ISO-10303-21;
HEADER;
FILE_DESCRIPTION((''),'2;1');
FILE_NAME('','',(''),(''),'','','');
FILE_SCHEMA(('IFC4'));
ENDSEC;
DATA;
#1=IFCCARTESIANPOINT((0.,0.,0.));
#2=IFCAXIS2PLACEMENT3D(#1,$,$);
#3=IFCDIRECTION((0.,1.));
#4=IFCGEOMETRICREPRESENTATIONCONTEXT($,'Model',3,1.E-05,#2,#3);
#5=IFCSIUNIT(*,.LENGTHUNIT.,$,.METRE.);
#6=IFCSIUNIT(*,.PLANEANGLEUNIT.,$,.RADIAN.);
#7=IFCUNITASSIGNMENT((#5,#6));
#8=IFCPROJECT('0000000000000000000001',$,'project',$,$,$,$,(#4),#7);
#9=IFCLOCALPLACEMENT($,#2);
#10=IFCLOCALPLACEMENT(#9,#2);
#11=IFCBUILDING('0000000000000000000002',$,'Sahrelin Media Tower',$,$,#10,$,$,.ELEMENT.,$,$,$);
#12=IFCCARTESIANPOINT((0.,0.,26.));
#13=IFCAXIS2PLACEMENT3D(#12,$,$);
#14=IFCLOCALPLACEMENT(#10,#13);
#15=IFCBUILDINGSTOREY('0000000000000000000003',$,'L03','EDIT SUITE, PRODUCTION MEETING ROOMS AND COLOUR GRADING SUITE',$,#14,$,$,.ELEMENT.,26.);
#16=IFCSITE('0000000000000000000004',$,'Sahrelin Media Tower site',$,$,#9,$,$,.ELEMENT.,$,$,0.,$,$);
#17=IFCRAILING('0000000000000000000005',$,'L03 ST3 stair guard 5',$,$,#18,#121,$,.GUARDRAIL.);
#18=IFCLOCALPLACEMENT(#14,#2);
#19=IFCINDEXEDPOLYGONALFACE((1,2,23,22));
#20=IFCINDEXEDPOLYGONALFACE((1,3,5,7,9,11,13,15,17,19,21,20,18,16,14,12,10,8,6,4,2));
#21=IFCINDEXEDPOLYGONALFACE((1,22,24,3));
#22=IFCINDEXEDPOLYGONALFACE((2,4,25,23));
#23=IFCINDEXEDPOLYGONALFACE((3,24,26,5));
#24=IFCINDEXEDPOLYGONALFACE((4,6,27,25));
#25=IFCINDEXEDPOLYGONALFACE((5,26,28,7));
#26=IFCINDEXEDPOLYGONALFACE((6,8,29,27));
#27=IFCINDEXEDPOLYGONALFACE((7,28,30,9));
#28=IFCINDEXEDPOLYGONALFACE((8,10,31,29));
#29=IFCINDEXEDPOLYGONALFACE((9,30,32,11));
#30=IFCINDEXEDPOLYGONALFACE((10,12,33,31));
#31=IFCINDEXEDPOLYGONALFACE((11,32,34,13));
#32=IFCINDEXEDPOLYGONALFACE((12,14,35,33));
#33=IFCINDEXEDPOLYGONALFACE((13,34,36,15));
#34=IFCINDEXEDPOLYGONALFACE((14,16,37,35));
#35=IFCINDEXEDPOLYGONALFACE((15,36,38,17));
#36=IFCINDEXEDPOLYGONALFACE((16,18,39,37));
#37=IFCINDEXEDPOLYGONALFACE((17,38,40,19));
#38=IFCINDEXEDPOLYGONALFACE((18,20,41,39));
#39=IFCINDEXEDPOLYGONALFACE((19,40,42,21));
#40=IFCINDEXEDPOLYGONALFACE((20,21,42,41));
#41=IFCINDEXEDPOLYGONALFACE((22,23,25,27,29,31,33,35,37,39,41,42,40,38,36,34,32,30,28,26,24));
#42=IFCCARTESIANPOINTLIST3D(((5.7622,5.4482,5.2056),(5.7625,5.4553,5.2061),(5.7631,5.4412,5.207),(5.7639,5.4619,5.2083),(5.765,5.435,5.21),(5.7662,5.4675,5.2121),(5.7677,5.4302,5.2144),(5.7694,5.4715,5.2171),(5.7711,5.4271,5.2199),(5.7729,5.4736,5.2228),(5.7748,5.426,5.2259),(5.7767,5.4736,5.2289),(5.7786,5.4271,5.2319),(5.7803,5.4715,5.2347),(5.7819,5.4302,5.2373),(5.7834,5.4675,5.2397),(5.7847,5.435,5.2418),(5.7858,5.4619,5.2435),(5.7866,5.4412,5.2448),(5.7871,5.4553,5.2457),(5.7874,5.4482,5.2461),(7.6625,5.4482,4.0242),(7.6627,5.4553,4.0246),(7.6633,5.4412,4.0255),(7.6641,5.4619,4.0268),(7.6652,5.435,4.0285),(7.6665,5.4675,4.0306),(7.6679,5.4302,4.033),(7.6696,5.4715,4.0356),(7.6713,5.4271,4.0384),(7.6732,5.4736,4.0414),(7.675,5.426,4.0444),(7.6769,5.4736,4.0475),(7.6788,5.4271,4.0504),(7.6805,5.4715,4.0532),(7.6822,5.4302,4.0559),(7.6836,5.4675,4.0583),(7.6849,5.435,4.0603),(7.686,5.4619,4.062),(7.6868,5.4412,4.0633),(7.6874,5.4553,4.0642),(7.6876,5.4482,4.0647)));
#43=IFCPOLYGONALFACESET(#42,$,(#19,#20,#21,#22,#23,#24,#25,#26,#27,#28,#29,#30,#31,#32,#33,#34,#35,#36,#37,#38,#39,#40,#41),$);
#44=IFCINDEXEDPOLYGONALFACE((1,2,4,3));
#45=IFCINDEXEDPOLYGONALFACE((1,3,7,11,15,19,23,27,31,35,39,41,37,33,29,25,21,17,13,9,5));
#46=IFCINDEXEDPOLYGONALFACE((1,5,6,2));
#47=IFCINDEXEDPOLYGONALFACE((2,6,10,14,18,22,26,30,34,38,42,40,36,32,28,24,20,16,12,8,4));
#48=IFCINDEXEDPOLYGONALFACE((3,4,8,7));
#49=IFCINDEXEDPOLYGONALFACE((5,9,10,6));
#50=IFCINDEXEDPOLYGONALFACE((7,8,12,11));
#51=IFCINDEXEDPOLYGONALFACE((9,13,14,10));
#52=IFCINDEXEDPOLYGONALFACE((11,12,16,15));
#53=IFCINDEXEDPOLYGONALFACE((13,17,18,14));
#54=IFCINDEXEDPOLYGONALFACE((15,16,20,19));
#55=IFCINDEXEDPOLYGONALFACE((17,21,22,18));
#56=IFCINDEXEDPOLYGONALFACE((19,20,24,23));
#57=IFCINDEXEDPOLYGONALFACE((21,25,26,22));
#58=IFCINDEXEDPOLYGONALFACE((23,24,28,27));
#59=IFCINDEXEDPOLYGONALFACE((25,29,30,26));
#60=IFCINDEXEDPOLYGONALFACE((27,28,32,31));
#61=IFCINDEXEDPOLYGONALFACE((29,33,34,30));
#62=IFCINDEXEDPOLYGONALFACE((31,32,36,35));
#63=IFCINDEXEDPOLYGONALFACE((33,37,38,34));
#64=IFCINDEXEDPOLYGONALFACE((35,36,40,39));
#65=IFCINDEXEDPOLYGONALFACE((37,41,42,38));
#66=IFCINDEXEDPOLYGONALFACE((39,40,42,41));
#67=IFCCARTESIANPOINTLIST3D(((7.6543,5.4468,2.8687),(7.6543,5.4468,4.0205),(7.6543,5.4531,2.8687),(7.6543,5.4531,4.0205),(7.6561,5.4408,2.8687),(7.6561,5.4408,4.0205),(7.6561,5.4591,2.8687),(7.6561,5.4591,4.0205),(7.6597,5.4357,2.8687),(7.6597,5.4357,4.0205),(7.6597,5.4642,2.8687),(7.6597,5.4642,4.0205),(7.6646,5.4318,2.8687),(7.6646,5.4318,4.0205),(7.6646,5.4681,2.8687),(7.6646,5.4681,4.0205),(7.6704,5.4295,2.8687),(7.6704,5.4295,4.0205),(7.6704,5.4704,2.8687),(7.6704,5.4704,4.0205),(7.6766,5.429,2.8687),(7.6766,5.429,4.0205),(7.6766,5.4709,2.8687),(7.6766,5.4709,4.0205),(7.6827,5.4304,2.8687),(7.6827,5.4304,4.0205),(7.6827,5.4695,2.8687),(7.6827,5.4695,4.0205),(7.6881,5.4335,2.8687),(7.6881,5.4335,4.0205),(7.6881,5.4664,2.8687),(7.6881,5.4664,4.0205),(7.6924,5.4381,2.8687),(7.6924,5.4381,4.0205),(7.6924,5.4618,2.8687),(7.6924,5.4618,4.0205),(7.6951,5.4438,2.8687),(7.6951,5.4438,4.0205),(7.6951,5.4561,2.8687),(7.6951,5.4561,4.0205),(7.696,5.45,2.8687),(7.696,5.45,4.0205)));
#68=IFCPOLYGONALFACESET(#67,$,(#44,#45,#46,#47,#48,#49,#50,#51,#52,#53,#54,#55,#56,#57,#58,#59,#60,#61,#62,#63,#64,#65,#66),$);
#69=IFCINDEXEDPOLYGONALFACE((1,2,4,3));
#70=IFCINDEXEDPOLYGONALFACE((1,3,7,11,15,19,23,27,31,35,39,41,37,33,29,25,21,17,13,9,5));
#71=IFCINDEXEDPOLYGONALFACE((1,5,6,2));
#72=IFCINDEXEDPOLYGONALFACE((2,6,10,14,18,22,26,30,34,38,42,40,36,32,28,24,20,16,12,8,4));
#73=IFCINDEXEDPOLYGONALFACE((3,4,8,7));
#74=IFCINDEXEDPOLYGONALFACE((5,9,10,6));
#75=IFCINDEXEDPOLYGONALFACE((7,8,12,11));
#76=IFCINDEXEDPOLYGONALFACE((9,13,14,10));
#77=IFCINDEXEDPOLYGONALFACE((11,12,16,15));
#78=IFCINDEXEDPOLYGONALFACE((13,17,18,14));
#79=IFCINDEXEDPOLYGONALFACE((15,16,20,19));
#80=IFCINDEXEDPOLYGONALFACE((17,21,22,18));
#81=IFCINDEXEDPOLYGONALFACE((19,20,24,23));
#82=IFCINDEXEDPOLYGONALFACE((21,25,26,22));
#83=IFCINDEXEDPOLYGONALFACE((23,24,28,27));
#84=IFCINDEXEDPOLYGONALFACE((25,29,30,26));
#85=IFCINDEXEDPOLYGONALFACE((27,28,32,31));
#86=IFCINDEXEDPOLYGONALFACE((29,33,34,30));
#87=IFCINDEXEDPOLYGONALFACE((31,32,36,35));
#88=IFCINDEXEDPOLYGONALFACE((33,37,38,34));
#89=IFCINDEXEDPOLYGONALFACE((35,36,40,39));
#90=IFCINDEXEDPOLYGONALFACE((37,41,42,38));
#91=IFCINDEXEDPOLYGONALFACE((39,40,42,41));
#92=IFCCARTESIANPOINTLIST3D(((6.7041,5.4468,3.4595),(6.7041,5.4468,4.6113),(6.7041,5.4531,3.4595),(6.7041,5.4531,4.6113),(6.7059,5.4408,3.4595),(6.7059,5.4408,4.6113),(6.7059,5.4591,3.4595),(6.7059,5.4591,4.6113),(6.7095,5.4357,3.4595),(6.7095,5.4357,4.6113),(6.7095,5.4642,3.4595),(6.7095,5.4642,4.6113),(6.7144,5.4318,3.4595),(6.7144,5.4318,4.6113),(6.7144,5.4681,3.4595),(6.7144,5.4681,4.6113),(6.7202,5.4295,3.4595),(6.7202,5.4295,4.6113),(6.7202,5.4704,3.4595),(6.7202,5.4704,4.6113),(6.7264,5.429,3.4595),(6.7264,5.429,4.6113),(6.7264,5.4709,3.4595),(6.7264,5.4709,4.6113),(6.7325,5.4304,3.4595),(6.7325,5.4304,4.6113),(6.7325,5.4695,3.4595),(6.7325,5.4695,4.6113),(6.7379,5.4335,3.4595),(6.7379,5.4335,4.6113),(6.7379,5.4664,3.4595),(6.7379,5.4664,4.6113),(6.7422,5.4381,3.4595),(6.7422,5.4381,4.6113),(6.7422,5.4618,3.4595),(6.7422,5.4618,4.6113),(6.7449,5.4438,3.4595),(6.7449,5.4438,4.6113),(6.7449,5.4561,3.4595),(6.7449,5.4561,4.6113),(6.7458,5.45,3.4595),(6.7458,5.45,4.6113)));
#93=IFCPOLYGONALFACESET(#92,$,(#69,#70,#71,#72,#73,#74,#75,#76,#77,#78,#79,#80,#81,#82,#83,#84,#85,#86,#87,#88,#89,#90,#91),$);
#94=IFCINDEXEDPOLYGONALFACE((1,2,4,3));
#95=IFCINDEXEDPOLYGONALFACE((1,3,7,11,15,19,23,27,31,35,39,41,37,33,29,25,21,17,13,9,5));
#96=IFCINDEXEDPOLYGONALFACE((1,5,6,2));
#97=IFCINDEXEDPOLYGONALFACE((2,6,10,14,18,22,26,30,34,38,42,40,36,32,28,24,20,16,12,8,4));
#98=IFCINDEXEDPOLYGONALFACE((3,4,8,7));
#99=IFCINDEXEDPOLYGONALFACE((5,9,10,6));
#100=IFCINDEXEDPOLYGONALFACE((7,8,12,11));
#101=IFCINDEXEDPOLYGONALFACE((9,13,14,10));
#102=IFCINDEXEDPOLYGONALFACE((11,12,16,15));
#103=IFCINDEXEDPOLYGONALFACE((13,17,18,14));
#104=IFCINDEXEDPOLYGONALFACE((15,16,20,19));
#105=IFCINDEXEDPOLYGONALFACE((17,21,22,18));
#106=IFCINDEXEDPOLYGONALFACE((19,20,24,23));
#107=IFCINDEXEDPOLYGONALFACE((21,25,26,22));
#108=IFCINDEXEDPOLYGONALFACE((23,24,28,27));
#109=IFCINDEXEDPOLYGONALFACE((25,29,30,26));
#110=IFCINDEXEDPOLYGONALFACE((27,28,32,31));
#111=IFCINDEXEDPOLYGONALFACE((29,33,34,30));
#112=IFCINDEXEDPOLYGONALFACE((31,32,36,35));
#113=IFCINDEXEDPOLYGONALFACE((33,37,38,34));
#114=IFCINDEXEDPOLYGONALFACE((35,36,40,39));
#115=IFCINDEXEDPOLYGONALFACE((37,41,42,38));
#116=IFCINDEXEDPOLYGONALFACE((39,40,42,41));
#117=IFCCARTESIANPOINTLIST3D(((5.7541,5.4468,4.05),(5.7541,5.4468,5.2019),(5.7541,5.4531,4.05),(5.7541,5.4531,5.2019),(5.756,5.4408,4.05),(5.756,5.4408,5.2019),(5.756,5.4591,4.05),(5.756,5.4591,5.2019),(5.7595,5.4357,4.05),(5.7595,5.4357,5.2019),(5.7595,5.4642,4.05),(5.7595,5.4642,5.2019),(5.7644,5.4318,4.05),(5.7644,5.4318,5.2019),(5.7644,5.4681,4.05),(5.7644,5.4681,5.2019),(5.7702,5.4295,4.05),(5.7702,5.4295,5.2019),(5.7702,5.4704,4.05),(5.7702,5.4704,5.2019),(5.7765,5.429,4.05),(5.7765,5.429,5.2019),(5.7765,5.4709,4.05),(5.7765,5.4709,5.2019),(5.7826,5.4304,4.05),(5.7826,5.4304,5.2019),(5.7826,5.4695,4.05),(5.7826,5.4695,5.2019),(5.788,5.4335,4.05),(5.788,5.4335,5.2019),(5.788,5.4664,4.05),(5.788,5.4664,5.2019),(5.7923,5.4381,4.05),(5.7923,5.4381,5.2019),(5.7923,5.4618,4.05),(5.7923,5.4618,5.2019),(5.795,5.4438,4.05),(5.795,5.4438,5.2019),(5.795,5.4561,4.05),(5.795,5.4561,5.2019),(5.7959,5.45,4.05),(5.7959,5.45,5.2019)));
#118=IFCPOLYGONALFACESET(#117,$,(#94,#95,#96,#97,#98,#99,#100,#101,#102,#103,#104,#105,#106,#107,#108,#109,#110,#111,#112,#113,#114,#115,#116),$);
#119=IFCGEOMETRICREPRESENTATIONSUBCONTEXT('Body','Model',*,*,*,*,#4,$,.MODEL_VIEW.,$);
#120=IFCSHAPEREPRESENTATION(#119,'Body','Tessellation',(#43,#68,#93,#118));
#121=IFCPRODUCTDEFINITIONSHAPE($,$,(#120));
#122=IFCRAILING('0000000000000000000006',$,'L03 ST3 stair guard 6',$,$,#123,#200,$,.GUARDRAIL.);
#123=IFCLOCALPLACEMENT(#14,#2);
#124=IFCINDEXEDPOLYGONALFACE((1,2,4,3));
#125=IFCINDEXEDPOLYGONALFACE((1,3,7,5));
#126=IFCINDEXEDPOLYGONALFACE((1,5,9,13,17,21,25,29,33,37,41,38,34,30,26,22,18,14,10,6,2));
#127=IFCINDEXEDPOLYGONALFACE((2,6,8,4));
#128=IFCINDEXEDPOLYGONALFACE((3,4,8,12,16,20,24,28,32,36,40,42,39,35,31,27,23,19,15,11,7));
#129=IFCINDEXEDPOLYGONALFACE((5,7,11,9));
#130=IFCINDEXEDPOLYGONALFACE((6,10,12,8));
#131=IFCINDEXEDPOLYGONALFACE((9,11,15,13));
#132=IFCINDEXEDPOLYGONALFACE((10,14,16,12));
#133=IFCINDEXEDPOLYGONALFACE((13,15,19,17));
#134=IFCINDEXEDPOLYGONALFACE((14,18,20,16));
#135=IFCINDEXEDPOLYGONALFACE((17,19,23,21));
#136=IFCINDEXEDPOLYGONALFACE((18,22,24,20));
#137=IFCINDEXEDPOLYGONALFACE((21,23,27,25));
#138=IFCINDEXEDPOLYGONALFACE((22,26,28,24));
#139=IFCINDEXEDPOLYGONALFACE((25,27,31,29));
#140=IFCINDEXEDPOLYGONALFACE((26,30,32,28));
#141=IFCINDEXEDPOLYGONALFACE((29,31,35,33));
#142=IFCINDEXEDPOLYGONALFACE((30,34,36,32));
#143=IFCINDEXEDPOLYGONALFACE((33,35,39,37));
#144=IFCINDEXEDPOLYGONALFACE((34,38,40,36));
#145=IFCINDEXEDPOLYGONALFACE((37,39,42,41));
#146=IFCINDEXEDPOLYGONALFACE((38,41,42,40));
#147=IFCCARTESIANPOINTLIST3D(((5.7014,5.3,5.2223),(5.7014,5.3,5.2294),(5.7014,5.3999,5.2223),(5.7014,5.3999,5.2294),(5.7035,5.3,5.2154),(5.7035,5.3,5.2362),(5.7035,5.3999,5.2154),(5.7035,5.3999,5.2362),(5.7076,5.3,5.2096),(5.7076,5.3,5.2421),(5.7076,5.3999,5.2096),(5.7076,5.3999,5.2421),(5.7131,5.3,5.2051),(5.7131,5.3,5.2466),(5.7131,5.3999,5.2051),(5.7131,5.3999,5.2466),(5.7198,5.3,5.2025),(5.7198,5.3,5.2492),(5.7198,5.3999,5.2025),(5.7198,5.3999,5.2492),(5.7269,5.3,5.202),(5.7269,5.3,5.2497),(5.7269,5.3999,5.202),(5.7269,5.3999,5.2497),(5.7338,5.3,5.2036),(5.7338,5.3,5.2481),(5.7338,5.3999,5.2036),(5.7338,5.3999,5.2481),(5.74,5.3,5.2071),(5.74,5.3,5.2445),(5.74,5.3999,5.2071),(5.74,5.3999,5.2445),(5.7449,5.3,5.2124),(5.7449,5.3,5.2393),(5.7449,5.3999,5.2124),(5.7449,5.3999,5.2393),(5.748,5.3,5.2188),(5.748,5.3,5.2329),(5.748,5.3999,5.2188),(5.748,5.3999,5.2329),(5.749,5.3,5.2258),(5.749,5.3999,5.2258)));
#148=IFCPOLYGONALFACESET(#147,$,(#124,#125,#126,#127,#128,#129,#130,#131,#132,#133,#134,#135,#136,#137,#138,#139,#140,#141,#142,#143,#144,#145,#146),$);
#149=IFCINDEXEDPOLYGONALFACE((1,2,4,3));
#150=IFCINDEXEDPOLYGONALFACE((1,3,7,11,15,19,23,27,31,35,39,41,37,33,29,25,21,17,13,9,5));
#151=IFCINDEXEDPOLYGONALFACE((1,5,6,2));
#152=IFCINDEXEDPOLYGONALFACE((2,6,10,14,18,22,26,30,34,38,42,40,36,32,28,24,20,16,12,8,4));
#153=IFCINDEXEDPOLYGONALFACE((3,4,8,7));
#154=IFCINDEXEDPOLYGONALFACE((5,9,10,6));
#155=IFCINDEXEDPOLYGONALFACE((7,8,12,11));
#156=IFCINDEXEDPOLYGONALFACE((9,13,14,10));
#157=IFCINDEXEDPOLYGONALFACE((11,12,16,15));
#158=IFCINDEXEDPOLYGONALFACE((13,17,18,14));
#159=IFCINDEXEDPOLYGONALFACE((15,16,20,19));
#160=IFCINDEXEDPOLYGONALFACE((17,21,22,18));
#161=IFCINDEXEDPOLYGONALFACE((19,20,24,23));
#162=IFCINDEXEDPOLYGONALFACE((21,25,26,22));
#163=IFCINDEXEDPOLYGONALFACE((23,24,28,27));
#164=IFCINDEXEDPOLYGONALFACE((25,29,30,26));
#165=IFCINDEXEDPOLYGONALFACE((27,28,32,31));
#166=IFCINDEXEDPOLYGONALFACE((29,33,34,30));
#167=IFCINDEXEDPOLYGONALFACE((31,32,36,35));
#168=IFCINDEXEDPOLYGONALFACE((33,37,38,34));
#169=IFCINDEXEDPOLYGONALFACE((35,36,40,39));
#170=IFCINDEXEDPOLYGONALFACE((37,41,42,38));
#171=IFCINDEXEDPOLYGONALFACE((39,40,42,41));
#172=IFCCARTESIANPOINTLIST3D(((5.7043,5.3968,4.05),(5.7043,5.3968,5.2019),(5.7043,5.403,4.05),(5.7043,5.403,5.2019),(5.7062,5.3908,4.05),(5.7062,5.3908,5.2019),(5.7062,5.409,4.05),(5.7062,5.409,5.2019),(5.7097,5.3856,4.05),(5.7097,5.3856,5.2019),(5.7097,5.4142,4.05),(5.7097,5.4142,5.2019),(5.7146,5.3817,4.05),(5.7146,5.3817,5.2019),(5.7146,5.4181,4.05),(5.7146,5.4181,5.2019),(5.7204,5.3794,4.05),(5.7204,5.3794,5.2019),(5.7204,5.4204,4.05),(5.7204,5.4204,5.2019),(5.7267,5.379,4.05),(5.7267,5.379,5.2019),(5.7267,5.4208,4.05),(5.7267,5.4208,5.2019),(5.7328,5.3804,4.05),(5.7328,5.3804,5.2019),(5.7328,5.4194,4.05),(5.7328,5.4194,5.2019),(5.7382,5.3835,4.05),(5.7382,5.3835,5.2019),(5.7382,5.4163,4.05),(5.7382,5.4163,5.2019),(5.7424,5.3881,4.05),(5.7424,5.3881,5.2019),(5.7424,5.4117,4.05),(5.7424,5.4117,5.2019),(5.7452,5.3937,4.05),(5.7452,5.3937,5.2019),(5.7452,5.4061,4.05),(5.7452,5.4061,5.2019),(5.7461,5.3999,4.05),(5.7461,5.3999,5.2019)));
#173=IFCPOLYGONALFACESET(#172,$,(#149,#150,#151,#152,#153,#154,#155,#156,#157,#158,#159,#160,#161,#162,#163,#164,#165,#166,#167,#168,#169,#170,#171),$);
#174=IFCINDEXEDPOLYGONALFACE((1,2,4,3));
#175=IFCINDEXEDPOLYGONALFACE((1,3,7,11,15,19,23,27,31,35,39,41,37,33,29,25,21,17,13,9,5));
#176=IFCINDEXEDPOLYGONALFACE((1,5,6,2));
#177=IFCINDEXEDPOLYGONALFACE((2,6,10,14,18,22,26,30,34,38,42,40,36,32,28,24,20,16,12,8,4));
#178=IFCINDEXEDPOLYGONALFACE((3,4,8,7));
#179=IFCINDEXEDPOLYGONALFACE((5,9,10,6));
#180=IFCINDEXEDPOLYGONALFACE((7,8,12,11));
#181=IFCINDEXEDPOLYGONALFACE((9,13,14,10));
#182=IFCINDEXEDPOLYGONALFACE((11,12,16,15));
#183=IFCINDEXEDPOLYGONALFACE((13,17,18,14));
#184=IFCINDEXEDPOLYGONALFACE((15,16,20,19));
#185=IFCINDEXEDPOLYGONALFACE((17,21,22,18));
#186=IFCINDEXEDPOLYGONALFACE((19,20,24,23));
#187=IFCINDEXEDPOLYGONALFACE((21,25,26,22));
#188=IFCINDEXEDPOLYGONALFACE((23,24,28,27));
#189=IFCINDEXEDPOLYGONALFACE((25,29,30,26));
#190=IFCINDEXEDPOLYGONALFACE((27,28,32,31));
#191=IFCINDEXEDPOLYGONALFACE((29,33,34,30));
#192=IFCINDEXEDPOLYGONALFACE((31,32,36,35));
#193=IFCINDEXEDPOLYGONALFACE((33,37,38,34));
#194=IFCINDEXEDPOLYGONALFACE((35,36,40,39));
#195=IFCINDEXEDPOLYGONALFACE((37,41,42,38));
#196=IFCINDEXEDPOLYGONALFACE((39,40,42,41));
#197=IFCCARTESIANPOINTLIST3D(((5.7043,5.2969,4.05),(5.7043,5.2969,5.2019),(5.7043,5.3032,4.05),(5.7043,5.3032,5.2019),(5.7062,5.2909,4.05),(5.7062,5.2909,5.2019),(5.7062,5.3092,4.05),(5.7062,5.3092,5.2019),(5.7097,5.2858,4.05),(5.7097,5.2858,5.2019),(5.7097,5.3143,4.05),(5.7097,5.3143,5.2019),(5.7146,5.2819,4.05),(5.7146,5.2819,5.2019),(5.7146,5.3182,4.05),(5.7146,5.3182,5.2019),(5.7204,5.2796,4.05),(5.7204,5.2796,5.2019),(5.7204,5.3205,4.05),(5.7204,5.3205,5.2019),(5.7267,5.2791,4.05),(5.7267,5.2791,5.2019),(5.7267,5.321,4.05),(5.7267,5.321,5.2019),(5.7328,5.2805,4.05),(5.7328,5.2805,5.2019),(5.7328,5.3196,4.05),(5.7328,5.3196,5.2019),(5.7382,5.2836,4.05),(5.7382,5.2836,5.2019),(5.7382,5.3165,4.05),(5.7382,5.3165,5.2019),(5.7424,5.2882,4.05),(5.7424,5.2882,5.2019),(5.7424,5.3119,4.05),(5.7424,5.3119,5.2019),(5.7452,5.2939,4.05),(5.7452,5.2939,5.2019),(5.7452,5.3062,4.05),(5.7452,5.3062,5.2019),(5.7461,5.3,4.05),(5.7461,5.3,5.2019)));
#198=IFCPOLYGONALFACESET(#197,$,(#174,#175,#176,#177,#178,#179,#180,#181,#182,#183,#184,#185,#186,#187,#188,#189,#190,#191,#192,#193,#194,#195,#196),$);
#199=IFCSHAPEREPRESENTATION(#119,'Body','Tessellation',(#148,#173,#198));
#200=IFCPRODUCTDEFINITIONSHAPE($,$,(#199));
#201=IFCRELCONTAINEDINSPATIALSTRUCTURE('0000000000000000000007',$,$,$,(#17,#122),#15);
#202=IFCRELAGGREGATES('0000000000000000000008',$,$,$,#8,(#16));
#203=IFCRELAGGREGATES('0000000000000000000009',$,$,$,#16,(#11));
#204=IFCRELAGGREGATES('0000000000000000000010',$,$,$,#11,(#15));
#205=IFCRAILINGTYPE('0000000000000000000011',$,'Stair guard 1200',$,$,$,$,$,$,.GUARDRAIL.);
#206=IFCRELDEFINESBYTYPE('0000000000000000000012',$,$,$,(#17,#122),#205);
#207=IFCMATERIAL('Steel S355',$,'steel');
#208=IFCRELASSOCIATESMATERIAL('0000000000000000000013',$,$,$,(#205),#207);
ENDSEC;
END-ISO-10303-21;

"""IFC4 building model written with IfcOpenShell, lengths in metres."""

from ifc_helpers import new_model, si_unit, direction, frame, origin, origin_2d, place, context, subcontext, project, spatial, circle, extrude, material, type_object, element, save


model = new_model("IFC4")

# Units and contexts
model_context = context("Model", 3, precision=1e-05, world=origin(), true_north=direction((0.0, 1.0)))
body_context = subcontext(model_context, "Body", "Model", "MODEL_VIEW")
ifc_project = project(units=[si_unit("LENGTHUNIT", "METRE"), si_unit("PLANEANGLEUNIT", "RADIAN")], contexts=[model_context])

# Site, building, storey
site_placement = place(None, origin())
site = spatial("IfcSite", under=ifc_project, at=site_placement, Name="Sahrelin Media Tower site", CompositionType="ELEMENT", RefElevation=0.0)
building_placement = place(site_placement, origin())
building = spatial("IfcBuilding", under=site, at=building_placement, Name="Sahrelin Media Tower", CompositionType="ELEMENT")
storey_placement = place(building_placement, frame((0.0, 0.0, 26.0)))
storey = spatial("IfcBuildingStorey", under=building, at=storey_placement, Name="L03", Description="EDIT SUITE, PRODUCTION MEETING ROOMS AND COLOUR GRADING SUITE", CompositionType="ELEMENT", Elevation=26.0)

# Shared definitions
ifc_material_1 = material(Name="Steel S355", Category="steel")

# Railings
railing_type_1 = type_object("IfcRailingType", Name="Stair guard 1200", PredefinedType="GUARDRAIL", material=ifc_material_1)
railing_1_placement = place(storey_placement, frame((7.675, 5.45, 2.8687)))
element("IfcRailing", 1, at=railing_1_placement, inside=storey, type_object=railing_type_1, Name="L03 ST3 stair guard 5", PredefinedType="GUARDRAIL", context=body_context, shape_type="SweptSolid", body=[
    extrude(circle(Radius=0.0239, at=origin_2d()), frame((0.0, 0.0, 1.1758), z_axis=(-0.84924, 0.0, 0.528006), x_axis=(0.0, -1.0, 0.0)), (0.0, 0.0, 1.0), 2.2375),
    extrude(circle(Radius=0.021, at=origin_2d()), origin(), (0.0, 0.0, 1.0), 1.1519),
    extrude(circle(Radius=0.021, at=origin_2d()), frame((-0.9502, 0.0, 0.5908)), (0.0, 0.0, 1.0), 1.1519),
    extrude(circle(Radius=0.021, at=origin_2d()), frame((-1.9001, 0.0, 1.1814)), (0.0, 0.0, 1.0), 1.1519),
])
railing_2_placement = place(storey_placement, frame((5.7251, 5.3999, 4.05)))
element("IfcRailing", 2, at=railing_2_placement, inside=storey, type_object=railing_type_1, Name="L03 ST3 stair guard 6", PredefinedType="GUARDRAIL", context=body_context, shape_type="SweptSolid", body=[
    extrude(circle(Radius=0.0239, at=origin_2d()), frame((0.0, 0.0, 1.1758), z_axis=(0.0, -1.0, 0.0), x_axis=(1.0, 0.0, 0.0)), (0.0, 0.0, 1.0), 0.0999),
    extrude(circle(Radius=0.021, at=origin_2d()), origin(), (0.0, 0.0, 1.0), 1.1519),
    extrude(circle(Radius=0.021, at=origin_2d()), frame((0.0, -0.0999, 0.0)), (0.0, 0.0, 1.0), 1.1519),
])

save(model, "model.ifc")
